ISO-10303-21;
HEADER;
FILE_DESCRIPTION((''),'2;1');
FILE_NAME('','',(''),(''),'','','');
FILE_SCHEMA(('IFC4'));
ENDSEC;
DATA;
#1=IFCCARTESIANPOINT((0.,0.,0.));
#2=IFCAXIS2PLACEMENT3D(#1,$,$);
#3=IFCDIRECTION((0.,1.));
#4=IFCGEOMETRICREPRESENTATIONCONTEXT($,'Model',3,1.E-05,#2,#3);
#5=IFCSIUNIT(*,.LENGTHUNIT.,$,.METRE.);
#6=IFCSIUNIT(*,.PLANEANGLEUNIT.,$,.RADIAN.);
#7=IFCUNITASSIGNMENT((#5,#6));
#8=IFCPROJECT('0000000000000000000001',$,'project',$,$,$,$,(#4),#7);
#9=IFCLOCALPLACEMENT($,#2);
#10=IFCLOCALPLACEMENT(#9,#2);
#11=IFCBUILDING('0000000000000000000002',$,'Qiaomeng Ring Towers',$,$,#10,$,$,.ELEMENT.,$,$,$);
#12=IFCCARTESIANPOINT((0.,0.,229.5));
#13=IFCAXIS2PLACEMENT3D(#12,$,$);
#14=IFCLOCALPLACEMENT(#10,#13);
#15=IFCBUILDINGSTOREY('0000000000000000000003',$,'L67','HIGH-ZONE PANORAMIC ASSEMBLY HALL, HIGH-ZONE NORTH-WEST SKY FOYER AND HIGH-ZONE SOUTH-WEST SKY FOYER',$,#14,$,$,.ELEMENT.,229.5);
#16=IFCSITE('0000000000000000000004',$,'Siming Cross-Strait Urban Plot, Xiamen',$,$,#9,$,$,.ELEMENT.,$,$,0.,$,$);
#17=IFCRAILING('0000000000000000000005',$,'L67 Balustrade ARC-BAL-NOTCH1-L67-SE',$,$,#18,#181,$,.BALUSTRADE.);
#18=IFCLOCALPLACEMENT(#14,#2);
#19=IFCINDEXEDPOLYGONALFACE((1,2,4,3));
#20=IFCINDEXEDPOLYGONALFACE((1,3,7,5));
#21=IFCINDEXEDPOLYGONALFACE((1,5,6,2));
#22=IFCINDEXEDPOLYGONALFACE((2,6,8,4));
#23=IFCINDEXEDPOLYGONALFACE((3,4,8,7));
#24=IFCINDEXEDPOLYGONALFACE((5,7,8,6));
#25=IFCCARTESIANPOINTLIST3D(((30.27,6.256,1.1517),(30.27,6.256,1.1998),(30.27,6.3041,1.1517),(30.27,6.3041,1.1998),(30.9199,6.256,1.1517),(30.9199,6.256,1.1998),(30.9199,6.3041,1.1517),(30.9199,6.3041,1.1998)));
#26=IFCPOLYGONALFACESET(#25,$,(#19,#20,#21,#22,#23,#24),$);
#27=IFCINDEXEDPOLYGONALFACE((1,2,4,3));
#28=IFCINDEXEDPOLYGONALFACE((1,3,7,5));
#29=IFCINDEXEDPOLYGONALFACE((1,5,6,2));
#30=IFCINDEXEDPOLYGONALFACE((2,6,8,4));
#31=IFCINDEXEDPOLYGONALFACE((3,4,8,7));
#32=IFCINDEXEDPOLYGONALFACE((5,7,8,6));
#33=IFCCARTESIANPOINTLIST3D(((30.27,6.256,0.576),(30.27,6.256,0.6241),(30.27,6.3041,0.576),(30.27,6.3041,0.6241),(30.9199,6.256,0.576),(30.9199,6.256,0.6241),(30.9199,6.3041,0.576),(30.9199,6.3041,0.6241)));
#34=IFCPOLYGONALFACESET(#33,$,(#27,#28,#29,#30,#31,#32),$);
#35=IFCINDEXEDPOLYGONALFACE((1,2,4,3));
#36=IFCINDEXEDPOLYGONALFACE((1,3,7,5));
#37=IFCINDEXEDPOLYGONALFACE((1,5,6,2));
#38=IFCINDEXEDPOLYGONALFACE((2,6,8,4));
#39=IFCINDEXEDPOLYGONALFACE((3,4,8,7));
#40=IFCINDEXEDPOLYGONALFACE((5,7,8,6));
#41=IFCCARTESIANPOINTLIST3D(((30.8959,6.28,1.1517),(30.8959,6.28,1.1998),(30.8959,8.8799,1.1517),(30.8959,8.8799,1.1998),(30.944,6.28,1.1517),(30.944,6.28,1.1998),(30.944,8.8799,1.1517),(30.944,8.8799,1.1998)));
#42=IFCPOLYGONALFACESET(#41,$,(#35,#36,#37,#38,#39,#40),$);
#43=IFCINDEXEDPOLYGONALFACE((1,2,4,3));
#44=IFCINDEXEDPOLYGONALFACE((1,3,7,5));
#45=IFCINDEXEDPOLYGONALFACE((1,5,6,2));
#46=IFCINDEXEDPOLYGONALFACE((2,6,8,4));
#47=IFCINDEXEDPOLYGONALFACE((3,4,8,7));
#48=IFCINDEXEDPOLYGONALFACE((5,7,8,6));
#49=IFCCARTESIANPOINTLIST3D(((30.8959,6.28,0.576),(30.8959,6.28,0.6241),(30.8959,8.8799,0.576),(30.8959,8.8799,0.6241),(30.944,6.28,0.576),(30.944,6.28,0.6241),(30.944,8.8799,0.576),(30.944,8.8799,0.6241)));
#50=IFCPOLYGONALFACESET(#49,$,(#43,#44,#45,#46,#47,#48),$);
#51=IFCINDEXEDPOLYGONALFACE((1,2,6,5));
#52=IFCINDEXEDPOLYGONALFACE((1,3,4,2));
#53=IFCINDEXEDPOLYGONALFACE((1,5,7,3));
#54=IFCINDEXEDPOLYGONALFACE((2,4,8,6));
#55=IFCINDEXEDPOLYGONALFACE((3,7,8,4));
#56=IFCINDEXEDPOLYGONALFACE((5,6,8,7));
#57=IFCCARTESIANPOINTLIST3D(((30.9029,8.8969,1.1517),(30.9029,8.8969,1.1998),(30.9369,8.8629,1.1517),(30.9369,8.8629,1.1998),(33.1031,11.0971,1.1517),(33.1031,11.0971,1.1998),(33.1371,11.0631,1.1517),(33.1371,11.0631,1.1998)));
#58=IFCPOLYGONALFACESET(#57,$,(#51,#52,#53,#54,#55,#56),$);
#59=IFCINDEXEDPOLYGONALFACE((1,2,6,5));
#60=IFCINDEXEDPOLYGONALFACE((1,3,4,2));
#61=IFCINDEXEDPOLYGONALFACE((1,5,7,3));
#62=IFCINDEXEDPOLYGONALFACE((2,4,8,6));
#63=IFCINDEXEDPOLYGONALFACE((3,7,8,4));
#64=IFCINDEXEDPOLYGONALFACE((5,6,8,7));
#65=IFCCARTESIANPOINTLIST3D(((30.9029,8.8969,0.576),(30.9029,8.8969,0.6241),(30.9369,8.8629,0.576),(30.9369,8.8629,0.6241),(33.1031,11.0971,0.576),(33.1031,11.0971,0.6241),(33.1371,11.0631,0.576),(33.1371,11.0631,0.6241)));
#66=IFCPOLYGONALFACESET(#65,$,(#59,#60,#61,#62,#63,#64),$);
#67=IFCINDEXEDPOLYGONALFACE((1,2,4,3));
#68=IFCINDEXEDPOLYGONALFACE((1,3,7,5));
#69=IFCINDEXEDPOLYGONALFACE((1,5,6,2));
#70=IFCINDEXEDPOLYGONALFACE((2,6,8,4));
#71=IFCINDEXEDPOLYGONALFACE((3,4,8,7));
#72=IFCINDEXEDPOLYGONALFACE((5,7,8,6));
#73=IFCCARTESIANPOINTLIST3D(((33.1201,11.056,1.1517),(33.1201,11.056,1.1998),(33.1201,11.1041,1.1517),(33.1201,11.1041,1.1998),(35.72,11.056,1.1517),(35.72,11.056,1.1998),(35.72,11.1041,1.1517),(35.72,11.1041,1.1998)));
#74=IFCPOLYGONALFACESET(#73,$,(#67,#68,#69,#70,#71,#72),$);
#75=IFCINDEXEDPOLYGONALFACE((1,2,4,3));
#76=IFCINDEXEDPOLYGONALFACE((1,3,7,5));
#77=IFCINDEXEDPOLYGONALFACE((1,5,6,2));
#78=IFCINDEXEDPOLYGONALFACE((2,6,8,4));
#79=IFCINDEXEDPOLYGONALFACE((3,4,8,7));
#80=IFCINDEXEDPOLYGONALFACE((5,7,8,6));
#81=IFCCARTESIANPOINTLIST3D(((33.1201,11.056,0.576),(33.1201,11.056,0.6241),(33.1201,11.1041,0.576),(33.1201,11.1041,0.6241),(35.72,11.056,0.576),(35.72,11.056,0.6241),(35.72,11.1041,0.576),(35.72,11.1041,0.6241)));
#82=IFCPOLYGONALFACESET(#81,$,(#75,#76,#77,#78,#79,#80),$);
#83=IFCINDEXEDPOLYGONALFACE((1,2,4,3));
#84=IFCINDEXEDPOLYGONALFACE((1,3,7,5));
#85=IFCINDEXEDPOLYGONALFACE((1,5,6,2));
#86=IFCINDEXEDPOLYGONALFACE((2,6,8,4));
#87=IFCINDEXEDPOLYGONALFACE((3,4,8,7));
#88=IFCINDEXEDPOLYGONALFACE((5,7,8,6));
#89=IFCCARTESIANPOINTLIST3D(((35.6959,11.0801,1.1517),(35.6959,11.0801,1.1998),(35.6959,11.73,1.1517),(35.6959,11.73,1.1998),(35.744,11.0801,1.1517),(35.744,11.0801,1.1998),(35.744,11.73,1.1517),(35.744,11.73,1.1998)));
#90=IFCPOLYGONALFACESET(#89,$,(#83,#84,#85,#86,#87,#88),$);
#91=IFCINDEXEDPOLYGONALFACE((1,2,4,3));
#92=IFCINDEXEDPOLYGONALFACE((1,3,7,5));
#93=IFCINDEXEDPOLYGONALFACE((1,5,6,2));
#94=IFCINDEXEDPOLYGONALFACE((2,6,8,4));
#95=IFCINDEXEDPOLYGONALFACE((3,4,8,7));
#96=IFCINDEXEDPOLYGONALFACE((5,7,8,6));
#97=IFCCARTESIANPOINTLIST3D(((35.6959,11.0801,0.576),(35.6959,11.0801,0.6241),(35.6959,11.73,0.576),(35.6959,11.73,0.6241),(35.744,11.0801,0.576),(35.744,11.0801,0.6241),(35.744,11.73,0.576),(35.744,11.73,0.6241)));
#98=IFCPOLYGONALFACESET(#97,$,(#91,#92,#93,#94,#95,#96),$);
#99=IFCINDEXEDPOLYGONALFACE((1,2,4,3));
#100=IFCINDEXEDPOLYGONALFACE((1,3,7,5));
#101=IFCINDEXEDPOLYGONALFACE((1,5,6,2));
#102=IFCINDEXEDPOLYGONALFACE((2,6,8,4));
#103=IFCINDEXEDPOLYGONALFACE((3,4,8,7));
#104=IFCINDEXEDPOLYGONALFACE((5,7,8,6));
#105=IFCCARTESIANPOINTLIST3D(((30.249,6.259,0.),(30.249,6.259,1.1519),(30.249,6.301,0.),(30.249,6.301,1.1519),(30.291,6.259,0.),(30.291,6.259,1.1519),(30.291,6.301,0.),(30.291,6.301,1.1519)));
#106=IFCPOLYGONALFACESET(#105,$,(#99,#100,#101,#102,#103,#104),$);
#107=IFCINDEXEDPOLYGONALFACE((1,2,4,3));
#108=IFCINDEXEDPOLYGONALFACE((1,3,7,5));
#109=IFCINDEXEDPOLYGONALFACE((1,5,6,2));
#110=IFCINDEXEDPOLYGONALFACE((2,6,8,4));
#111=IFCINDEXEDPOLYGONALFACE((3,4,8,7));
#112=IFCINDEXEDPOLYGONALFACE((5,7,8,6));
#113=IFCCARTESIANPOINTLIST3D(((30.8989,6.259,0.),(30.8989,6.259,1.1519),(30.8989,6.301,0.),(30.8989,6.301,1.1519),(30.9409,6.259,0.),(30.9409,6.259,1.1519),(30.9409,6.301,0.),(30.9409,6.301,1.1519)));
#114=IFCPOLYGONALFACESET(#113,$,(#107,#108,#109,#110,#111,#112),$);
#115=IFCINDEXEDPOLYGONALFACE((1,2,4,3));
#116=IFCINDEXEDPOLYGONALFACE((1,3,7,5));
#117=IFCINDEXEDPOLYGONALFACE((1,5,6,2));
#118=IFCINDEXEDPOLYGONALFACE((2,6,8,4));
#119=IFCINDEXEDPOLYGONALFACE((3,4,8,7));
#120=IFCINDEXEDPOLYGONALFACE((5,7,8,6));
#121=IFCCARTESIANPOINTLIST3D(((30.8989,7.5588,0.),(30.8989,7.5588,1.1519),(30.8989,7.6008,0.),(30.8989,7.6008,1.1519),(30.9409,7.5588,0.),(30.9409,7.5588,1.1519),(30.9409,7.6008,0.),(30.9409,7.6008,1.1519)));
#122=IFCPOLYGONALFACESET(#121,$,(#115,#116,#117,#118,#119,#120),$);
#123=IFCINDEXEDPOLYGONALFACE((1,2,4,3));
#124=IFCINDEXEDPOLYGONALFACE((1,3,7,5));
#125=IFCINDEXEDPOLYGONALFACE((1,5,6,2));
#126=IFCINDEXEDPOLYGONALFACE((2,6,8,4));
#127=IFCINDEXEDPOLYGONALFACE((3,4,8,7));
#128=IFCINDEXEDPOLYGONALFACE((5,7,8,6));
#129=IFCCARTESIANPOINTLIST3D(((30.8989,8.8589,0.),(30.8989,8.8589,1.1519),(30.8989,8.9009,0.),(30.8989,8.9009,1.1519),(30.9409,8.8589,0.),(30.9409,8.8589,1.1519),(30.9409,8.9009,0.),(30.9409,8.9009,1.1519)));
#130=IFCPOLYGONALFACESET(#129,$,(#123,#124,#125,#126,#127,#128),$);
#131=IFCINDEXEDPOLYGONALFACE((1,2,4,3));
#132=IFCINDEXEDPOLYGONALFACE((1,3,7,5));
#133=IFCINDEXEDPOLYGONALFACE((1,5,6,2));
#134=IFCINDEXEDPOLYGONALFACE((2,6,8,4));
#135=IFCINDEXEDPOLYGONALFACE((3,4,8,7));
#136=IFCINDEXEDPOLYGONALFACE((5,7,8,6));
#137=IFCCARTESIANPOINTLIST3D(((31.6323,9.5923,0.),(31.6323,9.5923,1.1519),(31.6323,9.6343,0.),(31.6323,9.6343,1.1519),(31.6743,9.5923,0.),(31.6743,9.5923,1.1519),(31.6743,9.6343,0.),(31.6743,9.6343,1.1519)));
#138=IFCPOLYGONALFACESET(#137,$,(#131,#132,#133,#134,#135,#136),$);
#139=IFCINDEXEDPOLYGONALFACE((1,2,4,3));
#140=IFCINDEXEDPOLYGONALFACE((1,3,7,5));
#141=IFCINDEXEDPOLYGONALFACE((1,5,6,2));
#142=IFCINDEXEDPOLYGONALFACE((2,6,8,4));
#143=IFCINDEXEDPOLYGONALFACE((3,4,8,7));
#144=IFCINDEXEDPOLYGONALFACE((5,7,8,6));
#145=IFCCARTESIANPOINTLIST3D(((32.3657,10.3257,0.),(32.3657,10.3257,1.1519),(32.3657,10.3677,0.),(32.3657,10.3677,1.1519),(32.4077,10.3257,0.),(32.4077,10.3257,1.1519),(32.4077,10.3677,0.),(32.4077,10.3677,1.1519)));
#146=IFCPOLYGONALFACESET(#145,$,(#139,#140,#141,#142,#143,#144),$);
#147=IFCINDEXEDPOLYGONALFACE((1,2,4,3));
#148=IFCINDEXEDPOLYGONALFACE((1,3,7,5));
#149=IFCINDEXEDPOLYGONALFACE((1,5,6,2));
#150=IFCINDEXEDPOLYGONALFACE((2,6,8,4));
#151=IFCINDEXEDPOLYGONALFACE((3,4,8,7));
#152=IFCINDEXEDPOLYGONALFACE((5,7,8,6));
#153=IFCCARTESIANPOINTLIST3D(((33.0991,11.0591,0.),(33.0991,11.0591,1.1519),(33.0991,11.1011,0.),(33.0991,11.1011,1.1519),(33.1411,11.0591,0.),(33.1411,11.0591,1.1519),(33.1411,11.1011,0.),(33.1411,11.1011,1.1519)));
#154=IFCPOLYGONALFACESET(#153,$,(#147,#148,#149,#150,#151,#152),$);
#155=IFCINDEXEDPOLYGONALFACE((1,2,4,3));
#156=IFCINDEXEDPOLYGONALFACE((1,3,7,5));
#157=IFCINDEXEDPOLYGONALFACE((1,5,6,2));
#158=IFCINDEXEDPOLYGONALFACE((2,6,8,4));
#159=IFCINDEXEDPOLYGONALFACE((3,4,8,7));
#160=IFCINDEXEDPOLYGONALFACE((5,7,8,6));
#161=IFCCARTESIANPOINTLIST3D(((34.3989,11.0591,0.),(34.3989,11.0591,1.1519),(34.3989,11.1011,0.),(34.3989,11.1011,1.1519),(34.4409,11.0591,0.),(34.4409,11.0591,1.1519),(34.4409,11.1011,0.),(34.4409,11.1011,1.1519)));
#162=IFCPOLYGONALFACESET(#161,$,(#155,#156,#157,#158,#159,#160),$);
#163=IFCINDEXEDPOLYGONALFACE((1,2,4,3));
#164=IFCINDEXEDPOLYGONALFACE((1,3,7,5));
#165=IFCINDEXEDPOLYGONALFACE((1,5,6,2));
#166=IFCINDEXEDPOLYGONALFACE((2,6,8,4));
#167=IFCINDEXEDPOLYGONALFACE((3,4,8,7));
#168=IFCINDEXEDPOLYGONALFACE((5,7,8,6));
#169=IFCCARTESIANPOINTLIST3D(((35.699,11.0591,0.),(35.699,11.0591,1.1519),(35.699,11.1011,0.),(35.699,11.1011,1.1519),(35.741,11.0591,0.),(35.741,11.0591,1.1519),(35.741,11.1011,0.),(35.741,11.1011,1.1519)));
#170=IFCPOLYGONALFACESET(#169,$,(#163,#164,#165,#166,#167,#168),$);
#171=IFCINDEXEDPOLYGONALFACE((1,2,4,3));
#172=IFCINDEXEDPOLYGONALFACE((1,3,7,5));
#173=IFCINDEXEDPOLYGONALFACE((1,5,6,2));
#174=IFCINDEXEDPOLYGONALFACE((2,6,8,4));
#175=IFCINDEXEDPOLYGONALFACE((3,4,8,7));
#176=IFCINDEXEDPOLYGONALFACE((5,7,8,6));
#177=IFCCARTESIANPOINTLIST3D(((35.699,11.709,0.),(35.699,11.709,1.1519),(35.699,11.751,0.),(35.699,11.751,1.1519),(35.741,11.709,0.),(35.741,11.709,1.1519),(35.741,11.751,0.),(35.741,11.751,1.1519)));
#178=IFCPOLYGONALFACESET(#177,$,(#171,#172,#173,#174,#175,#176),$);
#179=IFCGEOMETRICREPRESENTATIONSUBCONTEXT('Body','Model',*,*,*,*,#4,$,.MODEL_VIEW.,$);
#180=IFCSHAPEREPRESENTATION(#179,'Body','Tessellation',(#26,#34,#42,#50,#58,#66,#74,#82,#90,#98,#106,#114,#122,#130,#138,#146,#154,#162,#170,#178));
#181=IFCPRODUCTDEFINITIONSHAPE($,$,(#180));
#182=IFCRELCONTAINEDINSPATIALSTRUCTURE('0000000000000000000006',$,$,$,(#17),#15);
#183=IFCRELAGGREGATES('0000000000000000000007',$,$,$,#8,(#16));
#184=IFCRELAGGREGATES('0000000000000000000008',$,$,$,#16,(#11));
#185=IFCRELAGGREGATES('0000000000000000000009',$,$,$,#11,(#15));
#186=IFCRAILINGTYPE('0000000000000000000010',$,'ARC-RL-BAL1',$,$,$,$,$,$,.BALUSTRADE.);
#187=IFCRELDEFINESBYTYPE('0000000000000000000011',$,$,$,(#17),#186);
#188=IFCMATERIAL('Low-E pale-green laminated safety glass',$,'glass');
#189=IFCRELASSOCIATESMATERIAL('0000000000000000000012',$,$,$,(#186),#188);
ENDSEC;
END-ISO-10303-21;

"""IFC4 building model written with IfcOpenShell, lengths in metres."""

from ifc_helpers import new_model, si_unit, direction, frame, origin, origin_2d, place, context, subcontext, project, spatial, rectangle, extrude, material, type_object, element, save


model = new_model("IFC4")

# Units and contexts
model_context = context("Model", 3, precision=1e-05, world=origin(), true_north=direction((0.0, 1.0)))
body_context = subcontext(model_context, "Body", "Model", "MODEL_VIEW")
ifc_project = project(units=[si_unit("LENGTHUNIT", "METRE"), si_unit("PLANEANGLEUNIT", "RADIAN")], contexts=[model_context])

# Site, building, storey
site_placement = place(None, origin())
site = spatial("IfcSite", under=ifc_project, at=site_placement, Name="Siming Cross-Strait Urban Plot, Xiamen", CompositionType="ELEMENT", RefElevation=0.0)
building_placement = place(site_placement, origin())
building = spatial("IfcBuilding", under=site, at=building_placement, Name="Qiaomeng Ring Towers", CompositionType="ELEMENT")
storey_placement = place(building_placement, frame((0.0, 0.0, 229.5)))
storey = spatial("IfcBuildingStorey", under=building, at=storey_placement, Name="L67", Description="HIGH-ZONE PANORAMIC ASSEMBLY HALL, HIGH-ZONE NORTH-WEST SKY FOYER AND HIGH-ZONE SOUTH-WEST SKY FOYER", CompositionType="ELEMENT", Elevation=229.5)

# Railing
ifc_material_1 = material(Name="Low-E pale-green laminated safety glass", Category="glass")
railing_type = type_object("IfcRailingType", Name="ARC-RL-BAL1", PredefinedType="BALUSTRADE", material=ifc_material_1)
railing_placement = place(storey_placement, frame((30.27, 6.28, 0.0)))
element("IfcRailing", 1, at=railing_placement, inside=storey, type_object=railing_type, Name="L67 Balustrade ARC-BAL-NOTCH1-L67-SE", PredefinedType="BALUSTRADE", context=body_context, shape_type="SweptSolid", body=[
    extrude(rectangle(XDim=0.0481, YDim=0.0481, at=origin_2d()), frame((0.0, 0.0, 1.1758), z_axis=(1.0, 0.0, 0.0), x_axis=(0.0, 1.0, 0.0)), (0.0, 0.0, 1.0), 0.6499),
    extrude(rectangle(XDim=0.0481, YDim=0.0481, at=origin_2d()), frame((0.0, 0.0, 0.6001), z_axis=(1.0, 0.0, 0.0), x_axis=(0.0, 1.0, 0.0)), (0.0, 0.0, 1.0), 0.6499),
    extrude(rectangle(XDim=0.0481, YDim=0.0481, at=origin_2d()), frame((0.6499, 0.0, 1.1758), z_axis=(0.0, 1.0, 0.0), x_axis=(-1.0, 0.0, 0.0)), (0.0, 0.0, 1.0), 2.5999),
    extrude(rectangle(XDim=0.0481, YDim=0.0481, at=origin_2d()), frame((0.6499, 0.0, 0.6001), z_axis=(0.0, 1.0, 0.0), x_axis=(-1.0, 0.0, 0.0)), (0.0, 0.0, 1.0), 2.5999),
    extrude(rectangle(XDim=0.0481, YDim=0.0481, at=origin_2d()), frame((0.6499, 2.5999, 1.1758), z_axis=(0.707107, 0.707107, 0.0), x_axis=(-0.707107, 0.707107, 0.0)), (0.0, 0.0, 1.0), 3.1116),
    extrude(rectangle(XDim=0.0481, YDim=0.0481, at=origin_2d()), frame((0.6499, 2.5999, 0.6001), z_axis=(0.707107, 0.707107, 0.0), x_axis=(-0.707107, 0.707107, 0.0)), (0.0, 0.0, 1.0), 3.1116),
    extrude(rectangle(XDim=0.0481, YDim=0.0481, at=origin_2d()), frame((2.8501, 4.8, 1.1758), z_axis=(1.0, 0.0, 0.0), x_axis=(0.0, 1.0, 0.0)), (0.0, 0.0, 1.0), 2.5999),
    extrude(rectangle(XDim=0.0481, YDim=0.0481, at=origin_2d()), frame((2.8501, 4.8, 0.6001), z_axis=(1.0, 0.0, 0.0), x_axis=(0.0, 1.0, 0.0)), (0.0, 0.0, 1.0), 2.5999),
    extrude(rectangle(XDim=0.0481, YDim=0.0481, at=origin_2d()), frame((5.45, 4.8, 1.1758), z_axis=(0.0, 1.0, 0.0), x_axis=(-1.0, 0.0, 0.0)), (0.0, 0.0, 1.0), 0.6499),
    extrude(rectangle(XDim=0.0481, YDim=0.0481, at=origin_2d()), frame((5.45, 4.8, 0.6001), z_axis=(0.0, 1.0, 0.0), x_axis=(-1.0, 0.0, 0.0)), (0.0, 0.0, 1.0), 0.6499),
    extrude(rectangle(XDim=0.042, YDim=0.042, at=origin_2d()), origin(), (0.0, 0.0, 1.0), 1.1519),
    extrude(rectangle(XDim=0.042, YDim=0.042, at=origin_2d()), frame((0.6499, 0.0, 0.0)), (0.0, 0.0, 1.0), 1.1519),
    extrude(rectangle(XDim=0.042, YDim=0.042, at=origin_2d()), frame((0.6499, 1.2998, 0.0)), (0.0, 0.0, 1.0), 1.1519),
    extrude(rectangle(XDim=0.042, YDim=0.042, at=origin_2d()), frame((0.6499, 2.5999, 0.0)), (0.0, 0.0, 1.0), 1.1519),
    extrude(rectangle(XDim=0.042, YDim=0.042, at=origin_2d()), frame((1.3833, 3.3333, 0.0)), (0.0, 0.0, 1.0), 1.1519),
    extrude(rectangle(XDim=0.042, YDim=0.042, at=origin_2d()), frame((2.1167, 4.0667, 0.0)), (0.0, 0.0, 1.0), 1.1519),
    extrude(rectangle(XDim=0.042, YDim=0.042, at=origin_2d()), frame((2.8501, 4.8, 0.0)), (0.0, 0.0, 1.0), 1.1519),
    extrude(rectangle(XDim=0.042, YDim=0.042, at=origin_2d()), frame((4.1499, 4.8, 0.0)), (0.0, 0.0, 1.0), 1.1519),
    extrude(rectangle(XDim=0.042, YDim=0.042, at=origin_2d()), frame((5.45, 4.8, 0.0)), (0.0, 0.0, 1.0), 1.1519),
    extrude(rectangle(XDim=0.042, YDim=0.042, at=origin_2d()), frame((5.45, 5.45, 0.0)), (0.0, 0.0, 1.0), 1.1519),
])

save(model, "model.ifc")
